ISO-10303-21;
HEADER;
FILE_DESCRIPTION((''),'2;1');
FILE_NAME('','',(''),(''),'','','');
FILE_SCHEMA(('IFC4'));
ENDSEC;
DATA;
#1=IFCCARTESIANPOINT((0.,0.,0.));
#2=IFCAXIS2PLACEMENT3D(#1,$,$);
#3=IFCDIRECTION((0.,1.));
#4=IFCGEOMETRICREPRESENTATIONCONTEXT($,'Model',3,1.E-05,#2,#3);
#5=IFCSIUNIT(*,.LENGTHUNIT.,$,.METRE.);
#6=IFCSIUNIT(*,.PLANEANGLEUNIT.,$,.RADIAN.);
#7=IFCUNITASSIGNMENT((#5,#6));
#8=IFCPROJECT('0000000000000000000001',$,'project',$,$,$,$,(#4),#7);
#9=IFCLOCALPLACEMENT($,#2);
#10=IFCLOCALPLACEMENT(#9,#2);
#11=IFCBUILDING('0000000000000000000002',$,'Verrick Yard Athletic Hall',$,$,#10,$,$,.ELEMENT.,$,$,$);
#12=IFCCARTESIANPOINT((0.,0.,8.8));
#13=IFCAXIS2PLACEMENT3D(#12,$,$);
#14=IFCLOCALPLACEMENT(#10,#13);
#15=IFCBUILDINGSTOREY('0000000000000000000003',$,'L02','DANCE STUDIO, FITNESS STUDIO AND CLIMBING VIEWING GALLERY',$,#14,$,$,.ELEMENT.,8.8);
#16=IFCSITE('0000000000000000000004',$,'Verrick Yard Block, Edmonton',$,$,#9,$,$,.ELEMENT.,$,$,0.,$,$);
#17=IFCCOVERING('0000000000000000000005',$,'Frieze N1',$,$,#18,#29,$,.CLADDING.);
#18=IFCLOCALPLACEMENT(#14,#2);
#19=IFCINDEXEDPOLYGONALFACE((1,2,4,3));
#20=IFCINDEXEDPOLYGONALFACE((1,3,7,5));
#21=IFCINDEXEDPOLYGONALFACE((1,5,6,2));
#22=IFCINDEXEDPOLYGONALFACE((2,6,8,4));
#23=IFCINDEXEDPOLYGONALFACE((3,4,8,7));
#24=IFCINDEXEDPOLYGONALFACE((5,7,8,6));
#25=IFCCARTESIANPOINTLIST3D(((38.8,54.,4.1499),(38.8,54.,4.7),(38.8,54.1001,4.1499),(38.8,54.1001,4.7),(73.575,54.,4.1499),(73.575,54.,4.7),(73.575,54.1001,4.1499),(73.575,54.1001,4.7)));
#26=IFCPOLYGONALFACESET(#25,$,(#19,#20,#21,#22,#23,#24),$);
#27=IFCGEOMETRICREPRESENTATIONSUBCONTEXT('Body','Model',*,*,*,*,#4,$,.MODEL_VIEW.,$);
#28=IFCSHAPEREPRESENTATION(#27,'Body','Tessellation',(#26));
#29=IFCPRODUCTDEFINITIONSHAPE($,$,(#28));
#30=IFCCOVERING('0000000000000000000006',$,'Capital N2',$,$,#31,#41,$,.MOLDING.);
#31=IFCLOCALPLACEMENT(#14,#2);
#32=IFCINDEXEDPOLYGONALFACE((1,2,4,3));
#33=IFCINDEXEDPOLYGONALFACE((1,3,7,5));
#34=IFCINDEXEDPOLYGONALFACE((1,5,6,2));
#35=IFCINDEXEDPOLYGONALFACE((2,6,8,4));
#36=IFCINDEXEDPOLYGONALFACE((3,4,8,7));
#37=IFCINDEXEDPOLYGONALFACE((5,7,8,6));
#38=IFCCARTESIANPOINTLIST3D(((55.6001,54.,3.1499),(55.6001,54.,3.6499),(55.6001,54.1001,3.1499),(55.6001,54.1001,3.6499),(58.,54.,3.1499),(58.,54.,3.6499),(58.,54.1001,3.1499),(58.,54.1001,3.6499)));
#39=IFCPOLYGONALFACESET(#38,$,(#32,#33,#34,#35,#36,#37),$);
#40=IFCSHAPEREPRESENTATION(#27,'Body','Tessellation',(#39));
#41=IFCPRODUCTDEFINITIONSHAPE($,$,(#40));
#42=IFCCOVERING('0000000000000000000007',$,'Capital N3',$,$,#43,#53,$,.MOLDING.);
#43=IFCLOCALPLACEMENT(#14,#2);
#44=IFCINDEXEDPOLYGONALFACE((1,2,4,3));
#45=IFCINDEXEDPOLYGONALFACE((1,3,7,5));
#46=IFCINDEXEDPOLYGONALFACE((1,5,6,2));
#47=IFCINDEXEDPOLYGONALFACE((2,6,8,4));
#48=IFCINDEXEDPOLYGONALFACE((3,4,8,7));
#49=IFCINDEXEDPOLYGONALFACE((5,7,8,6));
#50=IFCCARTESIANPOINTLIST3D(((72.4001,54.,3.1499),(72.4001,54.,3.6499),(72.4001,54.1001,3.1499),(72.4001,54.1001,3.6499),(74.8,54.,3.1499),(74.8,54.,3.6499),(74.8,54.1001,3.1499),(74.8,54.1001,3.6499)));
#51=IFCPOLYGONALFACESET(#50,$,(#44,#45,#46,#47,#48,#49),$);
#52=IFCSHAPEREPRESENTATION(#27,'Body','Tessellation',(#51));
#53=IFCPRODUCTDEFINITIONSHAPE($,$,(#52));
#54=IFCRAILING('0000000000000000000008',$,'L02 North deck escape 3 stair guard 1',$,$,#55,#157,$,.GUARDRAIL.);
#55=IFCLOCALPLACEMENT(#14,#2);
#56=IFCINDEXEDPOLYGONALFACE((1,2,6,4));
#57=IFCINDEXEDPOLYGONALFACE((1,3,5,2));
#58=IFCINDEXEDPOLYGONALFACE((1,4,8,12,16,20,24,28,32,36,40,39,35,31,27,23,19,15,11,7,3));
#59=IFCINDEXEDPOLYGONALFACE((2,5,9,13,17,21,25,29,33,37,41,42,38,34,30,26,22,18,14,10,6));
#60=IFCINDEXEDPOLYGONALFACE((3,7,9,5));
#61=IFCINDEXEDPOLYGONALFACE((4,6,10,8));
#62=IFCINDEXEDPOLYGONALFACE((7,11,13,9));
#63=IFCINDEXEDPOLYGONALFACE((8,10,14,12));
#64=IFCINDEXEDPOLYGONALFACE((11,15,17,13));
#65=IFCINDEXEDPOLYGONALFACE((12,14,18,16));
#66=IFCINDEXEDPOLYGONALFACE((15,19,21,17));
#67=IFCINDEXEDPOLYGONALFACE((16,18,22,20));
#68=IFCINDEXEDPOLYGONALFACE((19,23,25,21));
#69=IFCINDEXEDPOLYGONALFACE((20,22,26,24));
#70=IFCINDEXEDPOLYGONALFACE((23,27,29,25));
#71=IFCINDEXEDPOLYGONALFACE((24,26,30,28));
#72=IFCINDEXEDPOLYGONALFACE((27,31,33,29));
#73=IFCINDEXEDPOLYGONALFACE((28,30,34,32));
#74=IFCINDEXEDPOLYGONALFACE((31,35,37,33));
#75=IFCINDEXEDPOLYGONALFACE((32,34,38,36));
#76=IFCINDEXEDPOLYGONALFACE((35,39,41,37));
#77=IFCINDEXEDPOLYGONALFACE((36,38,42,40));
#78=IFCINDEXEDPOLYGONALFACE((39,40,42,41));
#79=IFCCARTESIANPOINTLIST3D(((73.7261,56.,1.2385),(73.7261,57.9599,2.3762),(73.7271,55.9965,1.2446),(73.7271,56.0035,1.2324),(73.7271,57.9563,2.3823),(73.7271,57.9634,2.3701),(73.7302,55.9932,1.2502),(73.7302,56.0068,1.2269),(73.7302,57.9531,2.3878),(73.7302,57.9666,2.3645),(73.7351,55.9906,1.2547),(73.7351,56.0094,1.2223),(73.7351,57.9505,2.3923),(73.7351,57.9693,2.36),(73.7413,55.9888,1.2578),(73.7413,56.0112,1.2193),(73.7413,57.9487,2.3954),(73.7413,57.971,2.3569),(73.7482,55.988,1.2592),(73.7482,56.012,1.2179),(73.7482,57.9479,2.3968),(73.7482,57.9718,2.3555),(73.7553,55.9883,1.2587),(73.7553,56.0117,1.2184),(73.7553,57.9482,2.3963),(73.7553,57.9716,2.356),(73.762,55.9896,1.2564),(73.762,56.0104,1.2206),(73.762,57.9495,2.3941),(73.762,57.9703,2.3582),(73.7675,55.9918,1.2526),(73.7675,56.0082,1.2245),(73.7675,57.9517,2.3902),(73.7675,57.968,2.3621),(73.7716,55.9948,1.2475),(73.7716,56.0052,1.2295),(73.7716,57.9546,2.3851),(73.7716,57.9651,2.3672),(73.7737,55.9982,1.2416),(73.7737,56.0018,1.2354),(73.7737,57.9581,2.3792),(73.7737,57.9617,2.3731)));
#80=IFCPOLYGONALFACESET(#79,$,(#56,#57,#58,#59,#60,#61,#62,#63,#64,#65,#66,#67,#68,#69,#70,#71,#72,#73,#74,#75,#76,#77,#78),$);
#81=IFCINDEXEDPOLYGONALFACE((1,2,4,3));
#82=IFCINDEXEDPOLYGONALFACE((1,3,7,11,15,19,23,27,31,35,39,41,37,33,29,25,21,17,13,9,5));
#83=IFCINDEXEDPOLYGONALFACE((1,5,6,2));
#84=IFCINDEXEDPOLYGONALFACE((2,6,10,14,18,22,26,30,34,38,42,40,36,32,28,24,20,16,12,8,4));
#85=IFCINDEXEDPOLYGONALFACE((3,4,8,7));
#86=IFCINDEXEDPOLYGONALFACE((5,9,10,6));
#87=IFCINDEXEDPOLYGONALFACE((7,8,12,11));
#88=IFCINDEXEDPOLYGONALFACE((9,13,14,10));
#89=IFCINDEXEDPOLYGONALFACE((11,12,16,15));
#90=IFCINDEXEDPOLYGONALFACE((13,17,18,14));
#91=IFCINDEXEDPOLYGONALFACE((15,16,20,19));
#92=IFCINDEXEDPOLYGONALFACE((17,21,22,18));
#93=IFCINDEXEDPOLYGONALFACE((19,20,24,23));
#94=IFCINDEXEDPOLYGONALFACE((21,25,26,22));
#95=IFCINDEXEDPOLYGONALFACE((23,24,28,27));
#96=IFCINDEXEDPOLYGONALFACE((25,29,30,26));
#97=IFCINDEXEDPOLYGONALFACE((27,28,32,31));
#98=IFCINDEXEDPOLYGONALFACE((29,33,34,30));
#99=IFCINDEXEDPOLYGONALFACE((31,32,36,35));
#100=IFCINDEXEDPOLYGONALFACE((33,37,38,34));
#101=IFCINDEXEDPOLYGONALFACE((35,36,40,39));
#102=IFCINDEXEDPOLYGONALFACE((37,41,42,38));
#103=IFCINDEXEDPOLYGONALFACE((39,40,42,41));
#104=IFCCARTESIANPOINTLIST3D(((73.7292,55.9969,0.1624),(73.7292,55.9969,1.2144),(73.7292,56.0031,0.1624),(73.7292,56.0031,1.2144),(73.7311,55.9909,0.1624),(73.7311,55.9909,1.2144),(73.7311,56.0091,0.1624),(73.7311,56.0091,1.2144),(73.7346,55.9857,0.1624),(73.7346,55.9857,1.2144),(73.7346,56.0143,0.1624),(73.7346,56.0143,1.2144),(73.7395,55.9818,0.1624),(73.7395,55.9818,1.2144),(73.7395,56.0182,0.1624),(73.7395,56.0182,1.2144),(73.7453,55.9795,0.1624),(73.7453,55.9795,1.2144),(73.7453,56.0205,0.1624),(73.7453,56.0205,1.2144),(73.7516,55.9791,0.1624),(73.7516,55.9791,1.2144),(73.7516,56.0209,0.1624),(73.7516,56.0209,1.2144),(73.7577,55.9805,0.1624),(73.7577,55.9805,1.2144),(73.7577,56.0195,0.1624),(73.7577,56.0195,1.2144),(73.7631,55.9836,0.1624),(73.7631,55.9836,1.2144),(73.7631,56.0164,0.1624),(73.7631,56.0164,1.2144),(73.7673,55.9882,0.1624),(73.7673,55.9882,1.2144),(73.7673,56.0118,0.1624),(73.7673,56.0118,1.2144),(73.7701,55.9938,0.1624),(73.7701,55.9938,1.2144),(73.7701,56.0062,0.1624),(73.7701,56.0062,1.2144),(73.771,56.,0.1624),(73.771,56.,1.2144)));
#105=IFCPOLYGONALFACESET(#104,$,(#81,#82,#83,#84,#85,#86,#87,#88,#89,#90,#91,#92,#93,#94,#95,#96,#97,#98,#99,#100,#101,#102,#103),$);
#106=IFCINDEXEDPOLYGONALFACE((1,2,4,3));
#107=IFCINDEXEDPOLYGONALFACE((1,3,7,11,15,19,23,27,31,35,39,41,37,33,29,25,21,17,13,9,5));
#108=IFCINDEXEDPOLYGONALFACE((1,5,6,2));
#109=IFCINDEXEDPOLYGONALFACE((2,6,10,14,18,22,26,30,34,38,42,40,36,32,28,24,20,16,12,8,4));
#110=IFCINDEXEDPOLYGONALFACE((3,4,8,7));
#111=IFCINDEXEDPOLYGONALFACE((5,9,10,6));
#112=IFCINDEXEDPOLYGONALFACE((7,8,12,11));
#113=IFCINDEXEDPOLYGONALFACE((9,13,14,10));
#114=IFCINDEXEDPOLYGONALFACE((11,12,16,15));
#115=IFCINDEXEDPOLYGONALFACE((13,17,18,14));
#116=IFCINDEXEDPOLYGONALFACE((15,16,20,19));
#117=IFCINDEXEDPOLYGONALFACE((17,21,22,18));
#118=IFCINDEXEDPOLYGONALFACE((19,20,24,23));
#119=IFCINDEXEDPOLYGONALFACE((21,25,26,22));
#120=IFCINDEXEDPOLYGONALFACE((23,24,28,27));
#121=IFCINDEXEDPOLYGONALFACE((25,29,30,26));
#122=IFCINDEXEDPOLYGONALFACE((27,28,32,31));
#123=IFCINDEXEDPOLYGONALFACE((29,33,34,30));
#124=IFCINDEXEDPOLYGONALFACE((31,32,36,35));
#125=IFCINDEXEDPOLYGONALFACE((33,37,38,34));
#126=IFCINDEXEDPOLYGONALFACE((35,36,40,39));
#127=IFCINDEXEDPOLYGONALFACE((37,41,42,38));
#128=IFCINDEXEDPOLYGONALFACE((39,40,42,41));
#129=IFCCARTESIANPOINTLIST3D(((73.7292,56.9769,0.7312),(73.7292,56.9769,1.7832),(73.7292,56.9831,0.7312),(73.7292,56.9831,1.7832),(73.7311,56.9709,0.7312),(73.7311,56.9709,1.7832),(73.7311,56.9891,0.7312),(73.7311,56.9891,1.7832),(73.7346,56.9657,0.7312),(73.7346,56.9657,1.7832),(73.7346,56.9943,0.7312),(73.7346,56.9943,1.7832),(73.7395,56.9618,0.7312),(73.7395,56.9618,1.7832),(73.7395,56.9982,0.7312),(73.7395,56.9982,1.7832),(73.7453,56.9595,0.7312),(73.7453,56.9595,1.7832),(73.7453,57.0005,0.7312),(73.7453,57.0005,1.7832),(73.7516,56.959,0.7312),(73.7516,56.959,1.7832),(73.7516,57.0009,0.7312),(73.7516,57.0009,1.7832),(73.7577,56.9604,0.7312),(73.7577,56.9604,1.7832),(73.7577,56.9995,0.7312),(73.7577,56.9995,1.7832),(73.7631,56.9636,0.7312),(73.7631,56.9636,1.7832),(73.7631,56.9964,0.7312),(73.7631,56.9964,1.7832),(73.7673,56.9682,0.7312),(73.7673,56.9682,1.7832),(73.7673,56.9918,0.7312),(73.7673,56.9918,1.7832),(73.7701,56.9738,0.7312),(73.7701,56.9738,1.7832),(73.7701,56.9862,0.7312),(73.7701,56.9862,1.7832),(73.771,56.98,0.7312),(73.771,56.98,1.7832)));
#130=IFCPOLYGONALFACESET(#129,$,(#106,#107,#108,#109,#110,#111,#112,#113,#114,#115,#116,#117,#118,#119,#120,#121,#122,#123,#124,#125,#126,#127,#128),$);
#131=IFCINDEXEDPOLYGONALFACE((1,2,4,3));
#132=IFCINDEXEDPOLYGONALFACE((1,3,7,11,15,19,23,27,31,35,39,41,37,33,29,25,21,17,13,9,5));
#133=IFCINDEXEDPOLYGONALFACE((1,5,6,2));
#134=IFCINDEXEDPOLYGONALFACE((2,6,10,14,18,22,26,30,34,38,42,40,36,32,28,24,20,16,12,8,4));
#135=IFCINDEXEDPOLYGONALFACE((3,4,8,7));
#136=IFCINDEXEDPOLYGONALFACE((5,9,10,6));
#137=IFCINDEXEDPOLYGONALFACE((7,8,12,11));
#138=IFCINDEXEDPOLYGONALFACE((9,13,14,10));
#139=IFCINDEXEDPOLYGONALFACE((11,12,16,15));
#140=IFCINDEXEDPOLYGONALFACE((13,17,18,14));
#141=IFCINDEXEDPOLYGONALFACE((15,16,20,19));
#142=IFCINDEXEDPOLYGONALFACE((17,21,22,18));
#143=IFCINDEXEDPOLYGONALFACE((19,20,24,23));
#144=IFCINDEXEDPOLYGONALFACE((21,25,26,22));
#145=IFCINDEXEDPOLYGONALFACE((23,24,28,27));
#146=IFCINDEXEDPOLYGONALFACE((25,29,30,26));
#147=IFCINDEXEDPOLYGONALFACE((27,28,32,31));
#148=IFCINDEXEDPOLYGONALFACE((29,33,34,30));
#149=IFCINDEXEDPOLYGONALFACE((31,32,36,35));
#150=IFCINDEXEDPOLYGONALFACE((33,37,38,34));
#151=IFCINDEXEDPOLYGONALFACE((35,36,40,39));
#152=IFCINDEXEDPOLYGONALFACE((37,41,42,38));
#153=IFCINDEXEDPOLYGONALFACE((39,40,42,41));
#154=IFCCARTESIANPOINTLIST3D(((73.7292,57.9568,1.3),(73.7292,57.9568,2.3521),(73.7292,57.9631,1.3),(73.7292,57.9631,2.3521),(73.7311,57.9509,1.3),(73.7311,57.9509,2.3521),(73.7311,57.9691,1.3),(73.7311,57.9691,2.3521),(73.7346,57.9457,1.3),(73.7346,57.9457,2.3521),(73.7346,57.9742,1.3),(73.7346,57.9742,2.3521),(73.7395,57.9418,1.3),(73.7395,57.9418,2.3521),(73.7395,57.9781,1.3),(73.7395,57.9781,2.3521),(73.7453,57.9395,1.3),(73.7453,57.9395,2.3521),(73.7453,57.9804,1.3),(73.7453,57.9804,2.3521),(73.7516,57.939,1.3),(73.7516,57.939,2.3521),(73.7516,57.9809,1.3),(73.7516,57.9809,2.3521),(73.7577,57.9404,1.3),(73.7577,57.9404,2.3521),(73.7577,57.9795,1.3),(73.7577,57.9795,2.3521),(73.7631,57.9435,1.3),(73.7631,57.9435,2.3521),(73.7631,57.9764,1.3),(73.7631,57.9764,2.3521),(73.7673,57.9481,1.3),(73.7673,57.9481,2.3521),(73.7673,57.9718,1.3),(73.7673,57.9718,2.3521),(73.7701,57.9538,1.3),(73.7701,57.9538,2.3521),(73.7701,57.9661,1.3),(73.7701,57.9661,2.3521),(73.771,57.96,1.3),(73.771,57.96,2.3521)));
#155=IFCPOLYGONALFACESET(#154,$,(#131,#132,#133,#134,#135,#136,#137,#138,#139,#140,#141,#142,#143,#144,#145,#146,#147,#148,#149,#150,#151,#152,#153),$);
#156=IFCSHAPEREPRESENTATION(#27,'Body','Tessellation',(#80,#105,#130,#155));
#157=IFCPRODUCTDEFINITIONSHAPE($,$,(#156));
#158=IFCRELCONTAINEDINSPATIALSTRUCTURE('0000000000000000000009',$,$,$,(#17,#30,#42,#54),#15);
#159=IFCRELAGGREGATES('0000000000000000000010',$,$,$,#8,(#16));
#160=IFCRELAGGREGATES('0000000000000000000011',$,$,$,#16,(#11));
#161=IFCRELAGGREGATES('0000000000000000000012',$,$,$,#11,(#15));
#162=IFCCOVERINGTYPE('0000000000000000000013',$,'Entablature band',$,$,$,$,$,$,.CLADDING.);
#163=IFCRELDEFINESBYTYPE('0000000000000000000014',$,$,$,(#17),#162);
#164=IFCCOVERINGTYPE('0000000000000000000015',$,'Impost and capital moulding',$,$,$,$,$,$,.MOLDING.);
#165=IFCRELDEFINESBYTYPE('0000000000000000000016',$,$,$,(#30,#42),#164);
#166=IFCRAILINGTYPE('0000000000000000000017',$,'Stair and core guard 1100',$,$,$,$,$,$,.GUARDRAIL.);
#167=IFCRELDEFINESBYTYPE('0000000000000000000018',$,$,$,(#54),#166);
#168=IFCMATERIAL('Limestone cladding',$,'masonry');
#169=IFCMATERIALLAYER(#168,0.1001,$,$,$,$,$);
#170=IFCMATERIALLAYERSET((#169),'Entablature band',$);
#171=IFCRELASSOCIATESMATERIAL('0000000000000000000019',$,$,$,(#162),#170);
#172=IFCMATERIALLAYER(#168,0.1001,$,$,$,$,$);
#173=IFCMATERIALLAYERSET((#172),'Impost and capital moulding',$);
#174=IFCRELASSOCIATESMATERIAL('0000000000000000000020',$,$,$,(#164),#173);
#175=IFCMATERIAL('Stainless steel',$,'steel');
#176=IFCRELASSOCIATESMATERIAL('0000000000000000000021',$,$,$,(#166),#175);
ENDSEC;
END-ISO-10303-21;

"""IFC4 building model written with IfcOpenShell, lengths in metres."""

from ifc_helpers import new_model, si_unit, direction, frame, origin, origin_2d, place, context, subcontext, project, spatial, rectangle, circle, extrude, material, layer, layer_set, type_object, element, save


model = new_model("IFC4")

# Units and contexts
model_context = context("Model", 3, precision=1e-05, world=origin(), true_north=direction((0.0, 1.0)))
body_context = subcontext(model_context, "Body", "Model", "MODEL_VIEW")
ifc_project = project(units=[si_unit("LENGTHUNIT", "METRE"), si_unit("PLANEANGLEUNIT", "RADIAN")], contexts=[model_context])

# Site, building, storey
site_placement = place(None, origin())
site = spatial("IfcSite", under=ifc_project, at=site_placement, Name="Verrick Yard Block, Edmonton", CompositionType="ELEMENT", RefElevation=0.0)
building_placement = place(site_placement, origin())
building = spatial("IfcBuilding", under=site, at=building_placement, Name="Verrick Yard Athletic Hall", CompositionType="ELEMENT")
storey_placement = place(building_placement, frame((0.0, 0.0, 8.8)))
storey = spatial("IfcBuildingStorey", under=building, at=storey_placement, Name="L02", Description="DANCE STUDIO, FITNESS STUDIO AND CLIMBING VIEWING GALLERY", CompositionType="ELEMENT", Elevation=8.8)

# Coverings
ifc_material_1 = material(Name="Limestone cladding", Category="masonry")
ifc_layer_1 = layer(ifc_material_1, 0.1001)
ifc_layer_set_1 = layer_set([ifc_layer_1], Name="Entablature band")
covering_type_1 = type_object("IfcCoveringType", Name="Entablature band", PredefinedType="CLADDING", material=ifc_layer_set_1)
covering_1_placement = place(storey_placement, frame((56.1875, 54.05, 4.1499), z_axis=(0.0, 0.0, 1.0), x_axis=(1.0, 0.0, 0.0)))
element("IfcCovering", 1, at=covering_1_placement, inside=storey, type_object=covering_type_1, Name="Frieze N1", PredefinedType="CLADDING", context=body_context, shape_type="SweptSolid", body=[
    extrude(rectangle(XDim=34.7749, YDim=0.1001, at=origin_2d()), origin(), (0.0, 0.0, 1.0), 0.55),
])
ifc_layer_2 = layer(ifc_material_1, 0.1001)
ifc_layer_set_2 = layer_set([ifc_layer_2], Name="Impost and capital moulding")
covering_type_2 = type_object("IfcCoveringType", Name="Impost and capital moulding", PredefinedType="MOLDING", material=ifc_layer_set_2)
for number, where, z_axis, x_axis, name in (
    (2, (56.8, 54.05, 3.1499), (0.0, 0.0, 1.0), (1.0, 0.0, 0.0), "Capital N2"),
    (3, (73.6001, 54.05, 3.1499), (0.0, 0.0, 1.0), (1.0, 0.0, 0.0), "Capital N3"),
):
    element("IfcCovering", number, at=place(storey_placement, frame(where, z_axis=z_axis, x_axis=x_axis)), inside=storey, type_object=covering_type_2, Name=name, PredefinedType="MOLDING", context=body_context, shape_type="SweptSolid", body=[
        extrude(rectangle(XDim=2.3999, YDim=0.1001, at=origin_2d()), origin(), (0.0, 0.0, 1.0), 0.5),
    ])

# Railing
ifc_material_2 = material(Name="Stainless steel", Category="steel")
railing_type_1 = type_object("IfcRailingType", Name="Stair and core guard 1100", PredefinedType="GUARDRAIL", material=ifc_material_2)
railing_1_placement = place(storey_placement, frame((73.75, 56.0, 0.1624)))
element("IfcRailing", 4, at=railing_1_placement, inside=storey, type_object=railing_type_1, Name="L02 North deck escape 3 stair guard 1", PredefinedType="GUARDRAIL", context=body_context, shape_type="SweptSolid", body=[
    extrude(circle(Radius=0.0239, at=origin_2d()), frame((0.0, 0.0, 1.0762), z_axis=(0.0, 0.864855, 0.502021), x_axis=(-1.0, 0.0, 0.0)), (0.0, 0.0, 1.0), 2.2661),
    extrude(circle(Radius=0.021, at=origin_2d()), origin(), (0.0, 0.0, 1.0), 1.052),
    extrude(circle(Radius=0.021, at=origin_2d()), frame((0.0, 0.98, 0.5688)), (0.0, 0.0, 1.0), 1.052),
    extrude(circle(Radius=0.021, at=origin_2d()), frame((0.0, 1.96, 1.1377)), (0.0, 0.0, 1.0), 1.052),
])

save(model, "model.ifc")
